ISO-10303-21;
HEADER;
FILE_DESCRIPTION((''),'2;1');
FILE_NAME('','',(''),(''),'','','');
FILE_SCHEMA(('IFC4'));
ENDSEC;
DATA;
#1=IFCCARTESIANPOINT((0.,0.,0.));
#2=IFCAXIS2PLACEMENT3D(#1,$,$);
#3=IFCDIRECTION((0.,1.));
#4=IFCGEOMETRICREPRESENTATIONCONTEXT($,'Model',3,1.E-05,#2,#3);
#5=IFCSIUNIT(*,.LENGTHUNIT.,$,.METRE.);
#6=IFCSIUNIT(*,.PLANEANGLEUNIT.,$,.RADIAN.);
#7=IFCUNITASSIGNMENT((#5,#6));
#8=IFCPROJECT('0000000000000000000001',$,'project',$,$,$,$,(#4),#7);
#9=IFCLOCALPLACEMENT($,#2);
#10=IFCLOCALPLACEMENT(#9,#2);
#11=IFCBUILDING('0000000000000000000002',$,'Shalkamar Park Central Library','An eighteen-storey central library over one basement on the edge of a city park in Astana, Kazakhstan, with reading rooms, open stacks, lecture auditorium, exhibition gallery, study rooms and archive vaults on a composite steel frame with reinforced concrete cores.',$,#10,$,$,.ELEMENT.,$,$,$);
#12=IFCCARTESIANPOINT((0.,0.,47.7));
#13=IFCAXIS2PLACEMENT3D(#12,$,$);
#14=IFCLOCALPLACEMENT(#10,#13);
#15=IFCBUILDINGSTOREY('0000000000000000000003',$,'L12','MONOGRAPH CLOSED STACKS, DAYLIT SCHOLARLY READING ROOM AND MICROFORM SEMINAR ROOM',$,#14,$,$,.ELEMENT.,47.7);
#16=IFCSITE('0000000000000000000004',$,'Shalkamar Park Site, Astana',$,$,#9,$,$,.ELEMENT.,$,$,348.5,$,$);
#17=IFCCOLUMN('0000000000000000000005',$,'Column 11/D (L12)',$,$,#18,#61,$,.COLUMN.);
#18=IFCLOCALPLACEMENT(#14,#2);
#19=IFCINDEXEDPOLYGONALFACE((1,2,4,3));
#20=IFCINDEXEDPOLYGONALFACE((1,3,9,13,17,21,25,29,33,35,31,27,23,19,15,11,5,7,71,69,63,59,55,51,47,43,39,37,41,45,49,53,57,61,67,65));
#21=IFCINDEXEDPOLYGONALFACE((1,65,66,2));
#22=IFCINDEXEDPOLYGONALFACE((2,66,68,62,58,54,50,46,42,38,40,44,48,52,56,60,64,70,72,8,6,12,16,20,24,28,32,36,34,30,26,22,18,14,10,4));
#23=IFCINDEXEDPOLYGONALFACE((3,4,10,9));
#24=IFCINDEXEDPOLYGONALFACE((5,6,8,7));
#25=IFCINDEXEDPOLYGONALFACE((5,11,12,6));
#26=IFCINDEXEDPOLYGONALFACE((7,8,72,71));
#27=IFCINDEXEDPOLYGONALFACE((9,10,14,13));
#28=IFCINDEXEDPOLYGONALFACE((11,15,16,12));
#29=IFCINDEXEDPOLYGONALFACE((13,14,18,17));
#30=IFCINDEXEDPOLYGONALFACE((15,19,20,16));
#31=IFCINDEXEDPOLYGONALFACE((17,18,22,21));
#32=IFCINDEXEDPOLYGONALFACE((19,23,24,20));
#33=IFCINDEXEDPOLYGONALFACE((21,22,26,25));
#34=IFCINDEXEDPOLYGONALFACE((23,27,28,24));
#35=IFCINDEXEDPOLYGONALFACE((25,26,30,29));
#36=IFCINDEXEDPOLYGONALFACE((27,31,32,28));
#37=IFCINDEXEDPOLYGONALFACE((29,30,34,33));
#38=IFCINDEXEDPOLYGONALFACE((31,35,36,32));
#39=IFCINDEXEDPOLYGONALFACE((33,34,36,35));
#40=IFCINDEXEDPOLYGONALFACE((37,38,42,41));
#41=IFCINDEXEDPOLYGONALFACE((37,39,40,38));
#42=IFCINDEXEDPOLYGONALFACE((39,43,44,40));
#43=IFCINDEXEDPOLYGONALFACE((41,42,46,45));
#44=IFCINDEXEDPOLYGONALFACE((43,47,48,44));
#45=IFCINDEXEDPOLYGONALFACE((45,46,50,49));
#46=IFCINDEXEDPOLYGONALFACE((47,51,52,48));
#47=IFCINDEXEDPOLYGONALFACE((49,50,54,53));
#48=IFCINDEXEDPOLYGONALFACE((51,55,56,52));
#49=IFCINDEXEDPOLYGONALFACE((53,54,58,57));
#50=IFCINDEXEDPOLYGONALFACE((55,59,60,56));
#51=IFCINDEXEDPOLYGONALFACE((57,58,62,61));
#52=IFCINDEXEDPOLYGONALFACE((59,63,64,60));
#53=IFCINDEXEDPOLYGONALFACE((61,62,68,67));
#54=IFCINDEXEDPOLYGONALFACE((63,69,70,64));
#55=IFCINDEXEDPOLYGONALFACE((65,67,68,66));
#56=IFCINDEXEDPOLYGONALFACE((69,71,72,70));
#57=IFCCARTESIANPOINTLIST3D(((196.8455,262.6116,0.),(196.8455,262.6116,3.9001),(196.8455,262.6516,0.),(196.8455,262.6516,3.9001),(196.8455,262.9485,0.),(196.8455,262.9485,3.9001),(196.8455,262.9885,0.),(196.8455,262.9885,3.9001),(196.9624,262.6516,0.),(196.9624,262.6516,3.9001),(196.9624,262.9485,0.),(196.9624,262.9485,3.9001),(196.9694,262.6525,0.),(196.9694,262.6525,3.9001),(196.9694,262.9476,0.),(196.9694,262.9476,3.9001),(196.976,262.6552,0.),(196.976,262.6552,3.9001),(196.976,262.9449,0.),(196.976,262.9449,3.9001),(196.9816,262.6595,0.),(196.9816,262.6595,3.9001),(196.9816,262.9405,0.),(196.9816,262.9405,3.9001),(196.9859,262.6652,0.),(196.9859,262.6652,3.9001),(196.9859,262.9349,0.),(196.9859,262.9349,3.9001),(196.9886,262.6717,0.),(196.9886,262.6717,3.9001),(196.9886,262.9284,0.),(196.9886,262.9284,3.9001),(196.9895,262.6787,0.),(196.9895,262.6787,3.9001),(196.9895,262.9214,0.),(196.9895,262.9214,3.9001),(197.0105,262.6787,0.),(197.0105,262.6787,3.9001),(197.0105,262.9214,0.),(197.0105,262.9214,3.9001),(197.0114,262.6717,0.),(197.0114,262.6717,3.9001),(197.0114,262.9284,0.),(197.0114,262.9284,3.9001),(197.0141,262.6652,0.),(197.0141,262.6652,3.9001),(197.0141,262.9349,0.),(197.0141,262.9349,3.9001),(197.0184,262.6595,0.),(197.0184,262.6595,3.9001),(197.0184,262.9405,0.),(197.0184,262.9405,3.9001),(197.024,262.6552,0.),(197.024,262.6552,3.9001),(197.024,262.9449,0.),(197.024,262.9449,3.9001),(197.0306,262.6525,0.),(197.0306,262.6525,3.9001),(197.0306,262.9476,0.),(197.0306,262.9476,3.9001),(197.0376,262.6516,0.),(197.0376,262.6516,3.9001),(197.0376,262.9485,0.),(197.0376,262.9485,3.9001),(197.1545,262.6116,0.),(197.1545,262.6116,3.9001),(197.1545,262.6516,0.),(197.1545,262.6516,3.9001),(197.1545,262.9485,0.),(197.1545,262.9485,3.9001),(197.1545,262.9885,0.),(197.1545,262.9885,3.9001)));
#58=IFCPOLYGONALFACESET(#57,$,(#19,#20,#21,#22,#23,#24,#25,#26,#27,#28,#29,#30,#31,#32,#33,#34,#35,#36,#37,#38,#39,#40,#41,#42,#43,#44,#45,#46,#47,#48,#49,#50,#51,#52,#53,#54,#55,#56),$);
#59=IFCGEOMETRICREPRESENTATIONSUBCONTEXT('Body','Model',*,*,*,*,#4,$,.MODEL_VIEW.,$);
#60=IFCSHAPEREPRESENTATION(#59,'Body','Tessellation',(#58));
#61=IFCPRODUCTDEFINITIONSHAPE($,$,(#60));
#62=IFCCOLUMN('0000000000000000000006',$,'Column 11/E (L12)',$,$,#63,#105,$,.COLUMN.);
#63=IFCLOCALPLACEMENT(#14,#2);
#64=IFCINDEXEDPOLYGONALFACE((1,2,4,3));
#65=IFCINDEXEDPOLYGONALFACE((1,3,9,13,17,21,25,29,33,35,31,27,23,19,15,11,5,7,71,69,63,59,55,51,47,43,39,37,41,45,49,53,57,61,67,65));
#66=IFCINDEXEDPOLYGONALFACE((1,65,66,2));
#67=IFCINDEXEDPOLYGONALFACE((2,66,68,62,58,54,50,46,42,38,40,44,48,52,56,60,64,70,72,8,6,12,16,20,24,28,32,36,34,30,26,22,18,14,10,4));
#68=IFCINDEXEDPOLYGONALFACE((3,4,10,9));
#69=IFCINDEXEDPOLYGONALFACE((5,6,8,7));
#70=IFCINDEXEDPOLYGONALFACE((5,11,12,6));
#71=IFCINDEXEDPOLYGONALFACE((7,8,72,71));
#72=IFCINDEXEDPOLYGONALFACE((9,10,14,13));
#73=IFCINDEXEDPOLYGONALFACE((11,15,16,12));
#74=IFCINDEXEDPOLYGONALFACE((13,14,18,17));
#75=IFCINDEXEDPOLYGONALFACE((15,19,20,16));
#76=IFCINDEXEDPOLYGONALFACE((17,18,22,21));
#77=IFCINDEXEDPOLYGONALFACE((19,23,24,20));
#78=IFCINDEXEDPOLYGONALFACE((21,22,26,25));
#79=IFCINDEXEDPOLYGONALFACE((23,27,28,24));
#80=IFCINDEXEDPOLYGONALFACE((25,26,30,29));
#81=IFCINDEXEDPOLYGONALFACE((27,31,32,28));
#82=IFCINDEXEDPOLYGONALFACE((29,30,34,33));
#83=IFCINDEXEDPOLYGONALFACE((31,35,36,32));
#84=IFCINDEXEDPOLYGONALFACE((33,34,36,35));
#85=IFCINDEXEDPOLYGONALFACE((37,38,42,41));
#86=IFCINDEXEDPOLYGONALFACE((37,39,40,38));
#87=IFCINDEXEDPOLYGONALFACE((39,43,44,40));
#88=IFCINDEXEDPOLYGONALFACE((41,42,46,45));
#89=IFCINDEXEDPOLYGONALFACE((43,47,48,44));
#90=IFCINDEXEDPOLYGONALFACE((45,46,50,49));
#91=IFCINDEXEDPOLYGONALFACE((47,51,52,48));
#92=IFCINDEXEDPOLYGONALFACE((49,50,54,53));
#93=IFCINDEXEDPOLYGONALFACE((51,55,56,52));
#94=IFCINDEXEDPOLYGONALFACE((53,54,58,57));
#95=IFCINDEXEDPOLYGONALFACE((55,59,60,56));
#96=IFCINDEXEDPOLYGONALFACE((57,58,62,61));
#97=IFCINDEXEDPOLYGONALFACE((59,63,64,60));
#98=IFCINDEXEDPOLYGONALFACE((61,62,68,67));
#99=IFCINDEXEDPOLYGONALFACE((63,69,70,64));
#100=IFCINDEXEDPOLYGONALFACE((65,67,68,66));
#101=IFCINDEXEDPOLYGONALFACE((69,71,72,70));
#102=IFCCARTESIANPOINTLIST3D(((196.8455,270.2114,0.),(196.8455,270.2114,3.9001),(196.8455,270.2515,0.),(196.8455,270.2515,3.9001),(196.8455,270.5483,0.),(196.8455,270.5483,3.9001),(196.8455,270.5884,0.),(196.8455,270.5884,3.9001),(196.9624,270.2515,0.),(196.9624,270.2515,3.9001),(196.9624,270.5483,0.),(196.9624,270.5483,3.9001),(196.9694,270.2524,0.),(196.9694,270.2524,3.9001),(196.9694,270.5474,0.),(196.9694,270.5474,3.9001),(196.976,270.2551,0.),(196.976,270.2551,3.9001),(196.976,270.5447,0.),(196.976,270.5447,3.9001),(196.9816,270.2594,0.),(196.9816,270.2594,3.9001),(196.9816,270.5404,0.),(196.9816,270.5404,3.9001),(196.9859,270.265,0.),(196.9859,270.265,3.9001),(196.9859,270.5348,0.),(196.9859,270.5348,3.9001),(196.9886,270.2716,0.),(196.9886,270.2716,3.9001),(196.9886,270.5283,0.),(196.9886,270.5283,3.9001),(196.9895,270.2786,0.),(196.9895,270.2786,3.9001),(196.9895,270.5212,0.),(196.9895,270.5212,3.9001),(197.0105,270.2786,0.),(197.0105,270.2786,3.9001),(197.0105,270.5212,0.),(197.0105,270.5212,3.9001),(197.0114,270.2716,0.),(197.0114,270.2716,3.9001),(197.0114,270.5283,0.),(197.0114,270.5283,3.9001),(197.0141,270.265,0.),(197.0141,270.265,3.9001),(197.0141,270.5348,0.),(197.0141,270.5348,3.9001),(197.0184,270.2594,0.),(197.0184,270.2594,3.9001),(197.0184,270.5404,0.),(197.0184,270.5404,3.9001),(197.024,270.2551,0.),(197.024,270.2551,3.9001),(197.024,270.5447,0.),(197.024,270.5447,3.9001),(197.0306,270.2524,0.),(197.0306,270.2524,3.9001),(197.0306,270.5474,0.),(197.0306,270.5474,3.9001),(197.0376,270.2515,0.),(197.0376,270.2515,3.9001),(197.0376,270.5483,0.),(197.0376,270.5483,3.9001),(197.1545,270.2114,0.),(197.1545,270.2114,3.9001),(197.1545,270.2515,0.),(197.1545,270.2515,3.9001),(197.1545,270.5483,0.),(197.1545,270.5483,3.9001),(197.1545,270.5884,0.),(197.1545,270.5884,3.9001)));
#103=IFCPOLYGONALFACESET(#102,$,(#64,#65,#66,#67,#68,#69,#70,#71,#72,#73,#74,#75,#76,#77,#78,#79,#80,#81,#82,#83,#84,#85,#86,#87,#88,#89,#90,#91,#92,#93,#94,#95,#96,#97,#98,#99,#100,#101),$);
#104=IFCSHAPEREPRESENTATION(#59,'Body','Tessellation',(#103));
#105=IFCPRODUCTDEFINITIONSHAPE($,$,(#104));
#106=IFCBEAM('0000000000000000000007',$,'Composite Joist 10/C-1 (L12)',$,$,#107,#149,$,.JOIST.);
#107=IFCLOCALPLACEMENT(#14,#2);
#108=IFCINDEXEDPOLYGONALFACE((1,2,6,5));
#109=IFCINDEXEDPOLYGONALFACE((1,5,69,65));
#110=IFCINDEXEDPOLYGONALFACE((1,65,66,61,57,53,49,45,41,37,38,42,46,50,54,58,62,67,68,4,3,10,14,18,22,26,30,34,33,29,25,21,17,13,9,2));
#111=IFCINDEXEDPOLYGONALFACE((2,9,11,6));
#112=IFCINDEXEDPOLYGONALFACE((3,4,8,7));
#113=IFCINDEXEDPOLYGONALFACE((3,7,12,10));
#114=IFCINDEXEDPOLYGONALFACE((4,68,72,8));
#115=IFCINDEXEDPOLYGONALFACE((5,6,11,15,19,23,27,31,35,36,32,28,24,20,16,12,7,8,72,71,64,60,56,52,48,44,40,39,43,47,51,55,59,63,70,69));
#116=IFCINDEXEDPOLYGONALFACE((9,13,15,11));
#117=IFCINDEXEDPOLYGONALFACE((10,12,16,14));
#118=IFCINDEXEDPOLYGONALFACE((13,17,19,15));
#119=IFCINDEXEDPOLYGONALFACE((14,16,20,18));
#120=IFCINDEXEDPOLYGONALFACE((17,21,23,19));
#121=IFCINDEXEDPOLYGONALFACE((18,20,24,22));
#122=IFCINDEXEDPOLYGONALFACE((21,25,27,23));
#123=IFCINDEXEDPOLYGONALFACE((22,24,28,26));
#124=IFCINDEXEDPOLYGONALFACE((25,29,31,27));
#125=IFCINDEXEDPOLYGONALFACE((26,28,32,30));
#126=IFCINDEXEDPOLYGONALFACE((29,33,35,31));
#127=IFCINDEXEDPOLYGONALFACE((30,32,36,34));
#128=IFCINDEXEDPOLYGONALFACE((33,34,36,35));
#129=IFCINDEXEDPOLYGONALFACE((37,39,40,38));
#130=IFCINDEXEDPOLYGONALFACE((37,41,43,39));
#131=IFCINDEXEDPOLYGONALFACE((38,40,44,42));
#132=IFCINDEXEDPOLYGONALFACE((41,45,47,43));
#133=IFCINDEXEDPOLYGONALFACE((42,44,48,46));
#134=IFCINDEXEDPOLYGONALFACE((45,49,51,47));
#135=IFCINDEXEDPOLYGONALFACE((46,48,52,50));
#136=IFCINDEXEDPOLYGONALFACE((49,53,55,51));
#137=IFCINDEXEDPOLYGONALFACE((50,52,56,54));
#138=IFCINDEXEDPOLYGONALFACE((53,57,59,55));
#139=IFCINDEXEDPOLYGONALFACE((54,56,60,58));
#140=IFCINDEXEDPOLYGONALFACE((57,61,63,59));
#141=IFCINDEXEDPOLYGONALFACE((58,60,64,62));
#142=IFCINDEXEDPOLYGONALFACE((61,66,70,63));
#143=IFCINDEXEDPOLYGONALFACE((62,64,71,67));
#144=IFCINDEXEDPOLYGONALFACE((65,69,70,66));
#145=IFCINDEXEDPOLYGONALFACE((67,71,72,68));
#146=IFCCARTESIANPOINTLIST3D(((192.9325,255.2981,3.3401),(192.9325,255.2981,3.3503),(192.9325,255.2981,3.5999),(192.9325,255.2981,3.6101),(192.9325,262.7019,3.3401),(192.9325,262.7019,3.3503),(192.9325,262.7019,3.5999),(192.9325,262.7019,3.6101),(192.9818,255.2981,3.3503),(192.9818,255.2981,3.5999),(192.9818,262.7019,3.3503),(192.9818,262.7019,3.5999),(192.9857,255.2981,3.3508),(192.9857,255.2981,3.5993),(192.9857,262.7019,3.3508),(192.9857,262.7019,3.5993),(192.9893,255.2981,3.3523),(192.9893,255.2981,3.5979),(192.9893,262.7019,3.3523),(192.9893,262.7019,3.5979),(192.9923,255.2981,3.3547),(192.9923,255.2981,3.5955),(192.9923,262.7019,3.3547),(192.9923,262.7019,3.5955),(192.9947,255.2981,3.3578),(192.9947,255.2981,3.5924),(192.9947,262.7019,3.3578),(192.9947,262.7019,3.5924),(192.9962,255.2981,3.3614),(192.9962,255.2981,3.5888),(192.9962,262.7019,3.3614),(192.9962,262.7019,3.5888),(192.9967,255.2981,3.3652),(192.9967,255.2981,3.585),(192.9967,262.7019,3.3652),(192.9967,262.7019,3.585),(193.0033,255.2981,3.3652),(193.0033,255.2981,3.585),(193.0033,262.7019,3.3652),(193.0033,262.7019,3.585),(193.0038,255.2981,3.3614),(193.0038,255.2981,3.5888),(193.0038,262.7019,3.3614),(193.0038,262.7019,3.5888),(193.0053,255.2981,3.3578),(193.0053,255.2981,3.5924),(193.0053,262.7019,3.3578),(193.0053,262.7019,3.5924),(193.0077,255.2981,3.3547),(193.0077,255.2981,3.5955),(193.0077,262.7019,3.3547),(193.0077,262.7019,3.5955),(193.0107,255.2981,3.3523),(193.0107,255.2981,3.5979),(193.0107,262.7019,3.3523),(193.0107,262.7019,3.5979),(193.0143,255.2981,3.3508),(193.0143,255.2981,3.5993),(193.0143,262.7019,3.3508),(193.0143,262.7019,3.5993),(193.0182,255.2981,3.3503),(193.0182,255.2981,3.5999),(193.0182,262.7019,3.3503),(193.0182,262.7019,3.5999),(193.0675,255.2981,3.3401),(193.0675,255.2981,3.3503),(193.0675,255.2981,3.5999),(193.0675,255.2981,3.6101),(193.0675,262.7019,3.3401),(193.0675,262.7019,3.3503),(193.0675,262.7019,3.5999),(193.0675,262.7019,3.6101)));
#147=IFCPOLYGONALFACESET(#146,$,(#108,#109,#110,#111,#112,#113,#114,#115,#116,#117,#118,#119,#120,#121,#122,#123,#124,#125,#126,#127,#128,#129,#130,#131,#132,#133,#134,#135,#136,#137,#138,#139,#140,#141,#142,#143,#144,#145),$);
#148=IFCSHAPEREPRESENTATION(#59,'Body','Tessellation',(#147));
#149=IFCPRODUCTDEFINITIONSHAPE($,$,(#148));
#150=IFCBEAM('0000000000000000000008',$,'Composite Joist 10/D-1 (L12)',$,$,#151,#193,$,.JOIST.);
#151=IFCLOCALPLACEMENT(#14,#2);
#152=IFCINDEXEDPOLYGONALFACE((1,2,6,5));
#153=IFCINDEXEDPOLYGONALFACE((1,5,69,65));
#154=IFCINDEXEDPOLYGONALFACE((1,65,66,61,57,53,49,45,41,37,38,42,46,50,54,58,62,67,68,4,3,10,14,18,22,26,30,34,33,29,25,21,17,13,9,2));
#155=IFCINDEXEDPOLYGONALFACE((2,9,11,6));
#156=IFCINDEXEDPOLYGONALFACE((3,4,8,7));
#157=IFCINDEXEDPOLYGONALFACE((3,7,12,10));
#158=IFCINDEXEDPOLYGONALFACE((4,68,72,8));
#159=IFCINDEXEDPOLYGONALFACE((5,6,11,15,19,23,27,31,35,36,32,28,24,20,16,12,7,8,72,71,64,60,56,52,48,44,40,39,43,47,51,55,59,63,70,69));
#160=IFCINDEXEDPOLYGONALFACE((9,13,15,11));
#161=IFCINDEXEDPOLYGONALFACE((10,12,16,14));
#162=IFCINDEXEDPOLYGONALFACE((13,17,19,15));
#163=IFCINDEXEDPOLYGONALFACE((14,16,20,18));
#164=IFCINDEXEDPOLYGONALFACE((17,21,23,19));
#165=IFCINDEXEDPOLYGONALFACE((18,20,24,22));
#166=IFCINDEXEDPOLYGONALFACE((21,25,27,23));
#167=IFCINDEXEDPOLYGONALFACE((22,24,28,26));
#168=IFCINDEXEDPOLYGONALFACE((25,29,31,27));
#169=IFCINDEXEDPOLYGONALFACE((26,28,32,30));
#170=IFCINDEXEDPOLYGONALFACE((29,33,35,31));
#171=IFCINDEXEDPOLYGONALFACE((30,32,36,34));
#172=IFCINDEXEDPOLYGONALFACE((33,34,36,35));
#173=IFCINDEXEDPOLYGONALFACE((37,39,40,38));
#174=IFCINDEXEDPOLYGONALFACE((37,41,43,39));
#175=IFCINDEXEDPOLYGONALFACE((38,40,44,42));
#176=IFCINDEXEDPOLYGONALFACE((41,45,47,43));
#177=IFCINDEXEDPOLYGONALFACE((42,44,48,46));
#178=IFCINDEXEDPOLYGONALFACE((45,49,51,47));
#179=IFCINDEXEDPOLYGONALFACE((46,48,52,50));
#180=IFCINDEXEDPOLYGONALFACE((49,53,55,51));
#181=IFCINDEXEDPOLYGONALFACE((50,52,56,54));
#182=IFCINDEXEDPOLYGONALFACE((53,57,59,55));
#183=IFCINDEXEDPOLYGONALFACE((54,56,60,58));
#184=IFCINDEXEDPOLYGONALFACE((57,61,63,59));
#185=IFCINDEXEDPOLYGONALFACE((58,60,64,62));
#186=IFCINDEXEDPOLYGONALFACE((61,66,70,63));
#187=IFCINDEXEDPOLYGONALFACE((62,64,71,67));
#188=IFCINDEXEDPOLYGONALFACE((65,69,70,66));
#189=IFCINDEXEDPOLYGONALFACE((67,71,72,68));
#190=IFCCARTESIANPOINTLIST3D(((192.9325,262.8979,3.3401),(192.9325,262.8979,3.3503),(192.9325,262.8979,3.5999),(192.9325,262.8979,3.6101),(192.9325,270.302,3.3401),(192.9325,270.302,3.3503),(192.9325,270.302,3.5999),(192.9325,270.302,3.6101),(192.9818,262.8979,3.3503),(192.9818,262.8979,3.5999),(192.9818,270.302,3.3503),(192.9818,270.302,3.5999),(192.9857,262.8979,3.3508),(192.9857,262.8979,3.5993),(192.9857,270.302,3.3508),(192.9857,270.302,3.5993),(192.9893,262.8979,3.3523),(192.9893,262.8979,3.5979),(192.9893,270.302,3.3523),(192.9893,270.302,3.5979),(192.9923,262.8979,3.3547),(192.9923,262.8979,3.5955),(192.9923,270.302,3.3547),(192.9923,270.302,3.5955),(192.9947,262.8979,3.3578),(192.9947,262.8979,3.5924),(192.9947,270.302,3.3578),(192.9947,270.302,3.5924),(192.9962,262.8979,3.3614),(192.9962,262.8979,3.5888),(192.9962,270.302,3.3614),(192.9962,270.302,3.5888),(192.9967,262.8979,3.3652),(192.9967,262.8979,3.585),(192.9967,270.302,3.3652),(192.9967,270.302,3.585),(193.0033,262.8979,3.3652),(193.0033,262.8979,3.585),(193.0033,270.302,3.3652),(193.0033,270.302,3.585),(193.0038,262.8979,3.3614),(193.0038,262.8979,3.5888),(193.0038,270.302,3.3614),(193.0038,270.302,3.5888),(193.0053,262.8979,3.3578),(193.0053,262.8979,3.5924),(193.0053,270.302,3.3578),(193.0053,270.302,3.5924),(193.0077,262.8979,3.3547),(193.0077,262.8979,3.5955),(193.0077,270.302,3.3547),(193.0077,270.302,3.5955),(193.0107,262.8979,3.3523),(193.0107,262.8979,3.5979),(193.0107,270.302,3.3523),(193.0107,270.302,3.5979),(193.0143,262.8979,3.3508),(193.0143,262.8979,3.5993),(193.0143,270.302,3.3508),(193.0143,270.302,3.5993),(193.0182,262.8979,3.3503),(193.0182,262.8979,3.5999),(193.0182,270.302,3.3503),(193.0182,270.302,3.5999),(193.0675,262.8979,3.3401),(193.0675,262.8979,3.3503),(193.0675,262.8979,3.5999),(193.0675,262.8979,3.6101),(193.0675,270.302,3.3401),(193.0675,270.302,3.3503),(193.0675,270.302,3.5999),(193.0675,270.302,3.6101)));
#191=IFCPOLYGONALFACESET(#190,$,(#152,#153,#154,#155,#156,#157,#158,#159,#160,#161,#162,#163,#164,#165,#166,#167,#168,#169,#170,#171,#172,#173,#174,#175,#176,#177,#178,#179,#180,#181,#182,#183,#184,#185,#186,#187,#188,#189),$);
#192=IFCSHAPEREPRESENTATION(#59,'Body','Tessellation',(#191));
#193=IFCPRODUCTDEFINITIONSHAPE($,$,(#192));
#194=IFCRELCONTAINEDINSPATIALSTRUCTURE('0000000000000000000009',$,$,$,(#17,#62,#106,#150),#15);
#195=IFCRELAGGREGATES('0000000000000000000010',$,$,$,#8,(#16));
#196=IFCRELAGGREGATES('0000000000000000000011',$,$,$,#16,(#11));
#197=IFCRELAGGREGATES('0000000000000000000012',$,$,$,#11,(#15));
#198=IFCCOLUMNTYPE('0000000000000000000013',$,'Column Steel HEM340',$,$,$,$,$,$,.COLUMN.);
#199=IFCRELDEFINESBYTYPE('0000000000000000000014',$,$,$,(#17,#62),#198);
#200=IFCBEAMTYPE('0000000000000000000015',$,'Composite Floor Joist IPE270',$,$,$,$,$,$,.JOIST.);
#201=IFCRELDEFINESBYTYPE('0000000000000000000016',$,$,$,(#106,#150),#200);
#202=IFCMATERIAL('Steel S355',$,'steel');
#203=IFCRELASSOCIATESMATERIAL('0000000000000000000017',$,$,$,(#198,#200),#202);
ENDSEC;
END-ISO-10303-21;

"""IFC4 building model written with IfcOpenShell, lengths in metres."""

from ifc_helpers import new_model, si_unit, direction, frame, origin, origin_2d, place, context, subcontext, project, spatial, i_section, extrude, material, material_profile, profile_set, type_object, element, save


model = new_model("IFC4")

# Units and contexts
model_context = context("Model", 3, precision=1e-05, world=origin(), true_north=direction((0.0, 1.0)))
body_context = subcontext(model_context, "Body", "Model", "MODEL_VIEW")
ifc_project = project(units=[si_unit("LENGTHUNIT", "METRE"), si_unit("PLANEANGLEUNIT", "RADIAN")], contexts=[model_context])

# Site, building, storey
site_placement = place(None, origin())
site = spatial("IfcSite", under=ifc_project, at=site_placement, Name="Shalkamar Park Site, Astana", CompositionType="ELEMENT", RefElevation=348.5)
building_placement = place(site_placement, origin())
building = spatial("IfcBuilding", under=site, at=building_placement, Name="Shalkamar Park Central Library", Description="An eighteen-storey central library over one basement on the edge of a city park in Astana, Kazakhstan, with reading rooms, open stacks, lecture auditorium, exhibition gallery, study rooms and archive vaults on a composite steel frame with reinforced concrete cores.", CompositionType="ELEMENT")
storey_placement = place(building_placement, frame((0.0, 0.0, 47.7)))
storey = spatial("IfcBuildingStorey", under=building, at=storey_placement, Name="L12", Description="MONOGRAPH CLOSED STACKS, DAYLIT SCHOLARLY READING ROOM AND MICROFORM SEMINAR ROOM", CompositionType="ELEMENT", Elevation=47.7)

# Columns
ifc_material_1 = material(Name="Steel S355", Category="steel")
ifc_material_profile_1 = material_profile(ifc_material_1, i_section(OverallWidth=0.3091, OverallDepth=0.377, WebThickness=0.021, FlangeThickness=0.04, FilletRadius=0.0271, at=origin_2d()), Name="HEM 340")
ifc_profile_set_1 = profile_set([ifc_material_profile_1], Name="Steel S355")
column_type_1 = type_object("IfcColumnType", Name="Column Steel HEM340", PredefinedType="COLUMN", material=ifc_profile_set_1)
for number, where, z_axis, x_axis, name in (
    (1, (197.0, 262.8, 0.0), (0.0, 0.0, 1.0), (1.0, 0.0, 0.0), "Column 11/D (L12)"),
    (2, (197.0, 270.3999, 0.0), (0.0, 0.0, 1.0), (1.0, 0.0, 0.0), "Column 11/E (L12)"),
):
    element("IfcColumn", number, at=place(storey_placement, frame(where, z_axis=z_axis, x_axis=x_axis)), inside=storey, type_object=column_type_1, Name=name, PredefinedType="COLUMN", context=body_context, shape_type="SweptSolid", body=[
        extrude(i_section(OverallWidth=0.3091, OverallDepth=0.377, WebThickness=0.021, FlangeThickness=0.04, FilletRadius=0.0271, at=origin_2d()), origin(), (0.0, 0.0, 1.0), 3.9001),
    ])

# Beams
ifc_material_profile_2 = material_profile(ifc_material_1, i_section(OverallWidth=0.135, OverallDepth=0.27, WebThickness=0.0066, FlangeThickness=0.0103, FilletRadius=0.0149, at=origin_2d()), Name="IPE 270")
ifc_profile_set_2 = profile_set([ifc_material_profile_2], Name="Steel S355")
beam_type_1 = type_object("IfcBeamType", Name="Composite Floor Joist IPE270", PredefinedType="JOIST", material=ifc_profile_set_2)
beam_1_placement = place(storey_placement, frame((193.0, 255.2981, 3.4751), z_axis=(0.0, 1.0, 0.0), x_axis=(-1.0, 0.0, 0.0)))
element("IfcBeam", 3, at=beam_1_placement, inside=storey, type_object=beam_type_1, Name="Composite Joist 10/C-1 (L12)", PredefinedType="JOIST", context=body_context, shape_type="SweptSolid", body=[
    extrude(i_section(OverallWidth=0.135, OverallDepth=0.27, WebThickness=0.0066, FlangeThickness=0.0103, FilletRadius=0.0149, at=origin_2d()), origin(), (0.0, 0.0, 1.0), 7.4038),
])
beam_2_placement = place(storey_placement, frame((193.0, 262.8979, 3.4751), z_axis=(0.0, 1.0, 0.0), x_axis=(-1.0, 0.0, 0.0)))
element("IfcBeam", 4, at=beam_2_placement, inside=storey, type_object=beam_type_1, Name="Composite Joist 10/D-1 (L12)", PredefinedType="JOIST", context=body_context, shape_type="SweptSolid", body=[
    extrude(i_section(OverallWidth=0.135, OverallDepth=0.27, WebThickness=0.0066, FlangeThickness=0.0103, FilletRadius=0.0149, at=origin_2d()), origin(), (0.0, 0.0, 1.0), 7.4041),
])

save(model, "model.ifc")
